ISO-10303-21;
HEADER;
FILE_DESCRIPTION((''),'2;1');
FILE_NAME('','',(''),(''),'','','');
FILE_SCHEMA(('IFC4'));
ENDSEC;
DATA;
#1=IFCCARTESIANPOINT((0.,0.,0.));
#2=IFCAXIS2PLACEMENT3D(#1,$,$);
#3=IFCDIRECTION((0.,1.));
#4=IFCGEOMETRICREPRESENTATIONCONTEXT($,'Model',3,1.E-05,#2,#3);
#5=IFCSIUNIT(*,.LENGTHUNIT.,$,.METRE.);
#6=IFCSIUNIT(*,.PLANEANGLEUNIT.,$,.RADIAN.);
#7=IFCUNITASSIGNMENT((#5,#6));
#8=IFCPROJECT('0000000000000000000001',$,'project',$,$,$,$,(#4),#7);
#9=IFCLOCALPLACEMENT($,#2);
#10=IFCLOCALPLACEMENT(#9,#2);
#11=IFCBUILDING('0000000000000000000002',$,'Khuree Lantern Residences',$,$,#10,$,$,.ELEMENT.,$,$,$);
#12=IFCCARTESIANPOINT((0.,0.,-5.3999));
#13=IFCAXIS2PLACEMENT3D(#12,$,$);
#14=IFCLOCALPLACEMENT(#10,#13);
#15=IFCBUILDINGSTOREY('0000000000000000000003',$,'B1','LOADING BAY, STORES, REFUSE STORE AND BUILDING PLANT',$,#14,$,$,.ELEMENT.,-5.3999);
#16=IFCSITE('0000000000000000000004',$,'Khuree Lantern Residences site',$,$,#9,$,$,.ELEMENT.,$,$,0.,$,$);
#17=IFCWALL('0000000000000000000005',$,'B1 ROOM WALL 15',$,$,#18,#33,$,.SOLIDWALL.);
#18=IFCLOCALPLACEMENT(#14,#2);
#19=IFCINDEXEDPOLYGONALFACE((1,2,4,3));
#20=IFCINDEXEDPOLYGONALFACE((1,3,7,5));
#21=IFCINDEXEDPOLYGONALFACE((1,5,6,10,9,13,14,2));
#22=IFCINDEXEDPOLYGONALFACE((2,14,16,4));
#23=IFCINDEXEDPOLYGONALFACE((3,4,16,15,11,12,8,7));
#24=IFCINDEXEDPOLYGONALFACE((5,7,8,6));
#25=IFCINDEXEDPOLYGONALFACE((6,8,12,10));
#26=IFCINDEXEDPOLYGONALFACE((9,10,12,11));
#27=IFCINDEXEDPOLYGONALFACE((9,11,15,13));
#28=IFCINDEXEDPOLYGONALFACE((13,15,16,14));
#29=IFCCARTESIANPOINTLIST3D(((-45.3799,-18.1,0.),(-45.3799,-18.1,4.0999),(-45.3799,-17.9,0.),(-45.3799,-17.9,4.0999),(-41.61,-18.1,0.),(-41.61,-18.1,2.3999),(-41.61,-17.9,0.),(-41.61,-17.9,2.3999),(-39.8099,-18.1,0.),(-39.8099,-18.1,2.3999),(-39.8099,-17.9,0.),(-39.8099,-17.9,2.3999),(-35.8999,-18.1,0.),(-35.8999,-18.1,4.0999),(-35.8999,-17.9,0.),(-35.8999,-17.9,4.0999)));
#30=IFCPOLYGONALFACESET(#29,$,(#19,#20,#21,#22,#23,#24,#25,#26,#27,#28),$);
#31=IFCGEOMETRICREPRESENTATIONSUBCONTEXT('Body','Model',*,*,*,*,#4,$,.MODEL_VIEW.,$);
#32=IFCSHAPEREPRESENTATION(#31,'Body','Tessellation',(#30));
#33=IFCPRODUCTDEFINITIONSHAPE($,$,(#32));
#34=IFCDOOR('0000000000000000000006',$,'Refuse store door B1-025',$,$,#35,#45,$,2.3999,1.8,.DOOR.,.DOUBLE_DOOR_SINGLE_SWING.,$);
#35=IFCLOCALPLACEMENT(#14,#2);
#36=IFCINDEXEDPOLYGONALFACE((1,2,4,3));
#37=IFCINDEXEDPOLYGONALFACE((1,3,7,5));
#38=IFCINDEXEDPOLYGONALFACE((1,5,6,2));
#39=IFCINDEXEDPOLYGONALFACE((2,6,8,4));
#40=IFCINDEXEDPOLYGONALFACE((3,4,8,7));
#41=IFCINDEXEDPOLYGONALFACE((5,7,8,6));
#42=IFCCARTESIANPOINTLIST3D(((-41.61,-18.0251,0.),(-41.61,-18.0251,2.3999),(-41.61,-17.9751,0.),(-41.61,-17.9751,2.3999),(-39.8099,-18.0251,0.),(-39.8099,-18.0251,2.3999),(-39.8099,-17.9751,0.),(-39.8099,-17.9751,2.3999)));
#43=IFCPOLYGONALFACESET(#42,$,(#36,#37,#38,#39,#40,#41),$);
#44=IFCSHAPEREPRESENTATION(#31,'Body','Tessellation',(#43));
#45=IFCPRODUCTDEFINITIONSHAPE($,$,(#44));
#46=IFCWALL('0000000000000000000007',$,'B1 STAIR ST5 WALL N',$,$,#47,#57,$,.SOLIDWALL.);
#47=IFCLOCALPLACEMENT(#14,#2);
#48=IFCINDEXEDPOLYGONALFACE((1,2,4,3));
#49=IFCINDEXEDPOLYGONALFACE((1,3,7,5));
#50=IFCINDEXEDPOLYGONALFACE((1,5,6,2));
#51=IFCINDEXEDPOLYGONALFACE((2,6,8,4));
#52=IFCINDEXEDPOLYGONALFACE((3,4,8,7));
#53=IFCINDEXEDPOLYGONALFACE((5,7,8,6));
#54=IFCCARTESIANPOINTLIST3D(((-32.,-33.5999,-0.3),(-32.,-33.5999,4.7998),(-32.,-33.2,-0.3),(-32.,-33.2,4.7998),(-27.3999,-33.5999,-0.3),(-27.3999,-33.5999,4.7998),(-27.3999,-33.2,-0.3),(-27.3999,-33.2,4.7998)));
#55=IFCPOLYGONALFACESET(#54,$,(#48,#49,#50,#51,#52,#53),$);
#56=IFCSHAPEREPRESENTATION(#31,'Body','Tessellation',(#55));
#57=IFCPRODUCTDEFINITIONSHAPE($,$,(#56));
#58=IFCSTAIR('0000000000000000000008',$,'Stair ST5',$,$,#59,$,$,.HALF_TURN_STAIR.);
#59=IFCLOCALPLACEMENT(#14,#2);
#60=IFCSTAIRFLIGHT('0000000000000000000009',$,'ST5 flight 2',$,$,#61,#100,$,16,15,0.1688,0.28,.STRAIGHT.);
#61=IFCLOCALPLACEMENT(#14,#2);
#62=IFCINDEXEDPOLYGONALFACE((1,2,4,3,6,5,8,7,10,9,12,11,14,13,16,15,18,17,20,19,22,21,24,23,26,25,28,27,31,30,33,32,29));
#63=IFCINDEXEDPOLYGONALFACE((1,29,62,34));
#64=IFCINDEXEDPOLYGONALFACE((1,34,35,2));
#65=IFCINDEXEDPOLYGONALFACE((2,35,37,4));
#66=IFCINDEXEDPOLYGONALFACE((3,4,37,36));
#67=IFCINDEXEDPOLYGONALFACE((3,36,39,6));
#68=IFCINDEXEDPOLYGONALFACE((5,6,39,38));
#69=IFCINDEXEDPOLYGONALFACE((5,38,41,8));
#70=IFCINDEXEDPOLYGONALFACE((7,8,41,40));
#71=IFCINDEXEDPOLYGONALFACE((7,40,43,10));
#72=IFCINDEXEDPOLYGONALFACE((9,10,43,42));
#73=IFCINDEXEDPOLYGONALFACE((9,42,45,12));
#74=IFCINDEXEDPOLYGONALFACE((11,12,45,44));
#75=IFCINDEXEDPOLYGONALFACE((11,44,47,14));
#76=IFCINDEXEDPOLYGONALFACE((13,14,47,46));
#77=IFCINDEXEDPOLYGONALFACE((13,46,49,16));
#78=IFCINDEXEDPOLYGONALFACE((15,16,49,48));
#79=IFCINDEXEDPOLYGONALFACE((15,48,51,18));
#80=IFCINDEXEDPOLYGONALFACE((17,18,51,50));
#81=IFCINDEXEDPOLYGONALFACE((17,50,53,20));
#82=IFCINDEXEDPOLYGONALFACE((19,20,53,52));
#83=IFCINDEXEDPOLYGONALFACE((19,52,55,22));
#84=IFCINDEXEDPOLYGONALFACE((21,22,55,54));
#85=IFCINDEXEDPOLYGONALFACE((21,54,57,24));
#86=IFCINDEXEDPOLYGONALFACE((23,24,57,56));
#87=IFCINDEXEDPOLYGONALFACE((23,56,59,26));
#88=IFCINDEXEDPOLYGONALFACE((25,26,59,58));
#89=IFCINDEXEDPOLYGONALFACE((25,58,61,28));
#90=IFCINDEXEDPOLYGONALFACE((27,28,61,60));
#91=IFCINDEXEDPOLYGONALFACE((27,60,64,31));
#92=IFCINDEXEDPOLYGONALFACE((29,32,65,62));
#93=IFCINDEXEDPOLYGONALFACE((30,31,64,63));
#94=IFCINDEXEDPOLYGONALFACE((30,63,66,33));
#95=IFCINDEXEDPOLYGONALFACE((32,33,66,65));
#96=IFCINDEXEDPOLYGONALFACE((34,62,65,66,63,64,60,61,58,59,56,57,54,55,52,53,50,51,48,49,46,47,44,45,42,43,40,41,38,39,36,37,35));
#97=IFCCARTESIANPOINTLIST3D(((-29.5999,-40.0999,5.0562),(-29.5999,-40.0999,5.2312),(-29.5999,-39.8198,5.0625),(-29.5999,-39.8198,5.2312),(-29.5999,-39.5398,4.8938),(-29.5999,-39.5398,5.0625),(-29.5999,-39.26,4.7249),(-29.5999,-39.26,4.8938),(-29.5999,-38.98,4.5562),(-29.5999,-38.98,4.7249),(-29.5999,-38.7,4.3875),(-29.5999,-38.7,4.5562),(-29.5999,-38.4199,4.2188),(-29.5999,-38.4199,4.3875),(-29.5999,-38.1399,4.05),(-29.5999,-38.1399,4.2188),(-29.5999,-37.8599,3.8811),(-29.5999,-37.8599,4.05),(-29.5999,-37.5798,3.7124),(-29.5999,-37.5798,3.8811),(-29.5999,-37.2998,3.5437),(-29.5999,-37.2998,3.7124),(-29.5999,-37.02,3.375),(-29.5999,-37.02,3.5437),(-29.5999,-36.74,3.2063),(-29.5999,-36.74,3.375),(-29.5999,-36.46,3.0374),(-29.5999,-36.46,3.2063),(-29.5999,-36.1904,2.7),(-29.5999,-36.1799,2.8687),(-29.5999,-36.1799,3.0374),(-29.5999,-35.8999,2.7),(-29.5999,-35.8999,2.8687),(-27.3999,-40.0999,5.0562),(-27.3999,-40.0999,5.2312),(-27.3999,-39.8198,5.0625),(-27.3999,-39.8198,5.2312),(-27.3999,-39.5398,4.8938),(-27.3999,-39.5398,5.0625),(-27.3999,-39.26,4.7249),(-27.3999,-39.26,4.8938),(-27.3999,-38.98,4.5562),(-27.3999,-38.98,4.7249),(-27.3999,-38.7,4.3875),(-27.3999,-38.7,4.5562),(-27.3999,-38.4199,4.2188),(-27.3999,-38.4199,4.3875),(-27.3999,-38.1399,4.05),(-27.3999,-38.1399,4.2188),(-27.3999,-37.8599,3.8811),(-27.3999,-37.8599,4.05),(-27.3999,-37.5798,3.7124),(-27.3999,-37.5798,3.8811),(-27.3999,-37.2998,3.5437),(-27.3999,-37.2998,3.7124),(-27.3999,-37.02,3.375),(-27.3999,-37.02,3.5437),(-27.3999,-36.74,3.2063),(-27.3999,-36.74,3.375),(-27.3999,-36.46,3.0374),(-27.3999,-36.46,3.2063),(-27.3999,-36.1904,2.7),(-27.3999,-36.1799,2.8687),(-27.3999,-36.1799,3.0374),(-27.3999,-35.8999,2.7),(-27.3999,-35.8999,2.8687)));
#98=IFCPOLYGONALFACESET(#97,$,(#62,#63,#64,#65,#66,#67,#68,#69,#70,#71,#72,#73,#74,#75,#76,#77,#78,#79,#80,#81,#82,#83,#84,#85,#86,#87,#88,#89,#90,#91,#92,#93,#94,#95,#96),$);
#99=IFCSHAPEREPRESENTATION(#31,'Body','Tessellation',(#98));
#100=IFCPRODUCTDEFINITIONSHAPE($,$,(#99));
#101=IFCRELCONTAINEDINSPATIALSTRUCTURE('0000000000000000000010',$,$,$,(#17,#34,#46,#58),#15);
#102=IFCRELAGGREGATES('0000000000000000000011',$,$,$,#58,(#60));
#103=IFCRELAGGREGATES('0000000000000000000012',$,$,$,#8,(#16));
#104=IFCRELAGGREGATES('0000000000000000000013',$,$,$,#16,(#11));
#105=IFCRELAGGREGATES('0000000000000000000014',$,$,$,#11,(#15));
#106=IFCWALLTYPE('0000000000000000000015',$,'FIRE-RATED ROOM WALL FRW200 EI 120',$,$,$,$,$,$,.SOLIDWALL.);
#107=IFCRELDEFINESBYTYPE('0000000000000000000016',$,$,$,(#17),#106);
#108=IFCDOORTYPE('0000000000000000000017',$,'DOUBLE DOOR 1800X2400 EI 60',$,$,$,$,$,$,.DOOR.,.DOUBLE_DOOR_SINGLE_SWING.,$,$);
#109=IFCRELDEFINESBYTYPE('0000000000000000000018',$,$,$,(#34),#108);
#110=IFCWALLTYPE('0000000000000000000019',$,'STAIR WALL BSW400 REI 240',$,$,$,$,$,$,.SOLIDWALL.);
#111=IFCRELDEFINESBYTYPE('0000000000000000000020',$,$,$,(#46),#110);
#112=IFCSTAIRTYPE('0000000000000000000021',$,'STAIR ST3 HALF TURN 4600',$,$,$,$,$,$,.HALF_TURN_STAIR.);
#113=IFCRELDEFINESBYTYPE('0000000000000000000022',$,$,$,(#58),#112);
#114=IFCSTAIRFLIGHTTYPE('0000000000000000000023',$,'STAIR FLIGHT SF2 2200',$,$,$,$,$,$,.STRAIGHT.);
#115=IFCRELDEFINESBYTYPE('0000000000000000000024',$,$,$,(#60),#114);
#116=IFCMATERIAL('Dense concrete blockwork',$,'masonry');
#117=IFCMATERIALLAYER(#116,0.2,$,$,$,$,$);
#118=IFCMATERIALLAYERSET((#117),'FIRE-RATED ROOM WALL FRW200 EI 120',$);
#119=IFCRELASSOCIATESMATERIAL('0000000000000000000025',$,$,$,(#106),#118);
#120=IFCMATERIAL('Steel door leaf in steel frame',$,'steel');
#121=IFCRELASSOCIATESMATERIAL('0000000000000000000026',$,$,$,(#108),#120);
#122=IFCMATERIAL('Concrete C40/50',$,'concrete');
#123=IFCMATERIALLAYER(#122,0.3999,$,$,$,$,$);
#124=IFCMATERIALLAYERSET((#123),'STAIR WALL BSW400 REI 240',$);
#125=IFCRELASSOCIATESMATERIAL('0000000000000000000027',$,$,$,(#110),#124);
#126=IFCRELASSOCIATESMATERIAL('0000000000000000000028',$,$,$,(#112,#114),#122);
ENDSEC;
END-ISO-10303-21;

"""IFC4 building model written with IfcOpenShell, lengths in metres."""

from ifc_helpers import new_model, si_unit, direction, frame, frame_2d, origin, place, context, subcontext, project, spatial, polyline, rectangle, outline, extrude, material, layer, layer_set, type_object, element, fill, aggregate, save


model = new_model("IFC4")

# Units and contexts
model_context = context("Model", 3, precision=1e-05, world=origin(), true_north=direction((0.0, 1.0)))
body_context = subcontext(model_context, "Body", "Model", "MODEL_VIEW")
ifc_project = project(units=[si_unit("LENGTHUNIT", "METRE"), si_unit("PLANEANGLEUNIT", "RADIAN")], contexts=[model_context])

# Site, building, storey
site_placement = place(None, origin())
site = spatial("IfcSite", under=ifc_project, at=site_placement, Name="Khuree Lantern Residences site", CompositionType="ELEMENT", RefElevation=0.0)
building_placement = place(site_placement, origin())
building = spatial("IfcBuilding", under=site, at=building_placement, Name="Khuree Lantern Residences", CompositionType="ELEMENT")
storey_placement = place(building_placement, frame((0.0, 0.0, -5.3999)))
storey = spatial("IfcBuildingStorey", under=building, at=storey_placement, Name="B1", Description="LOADING BAY, STORES, REFUSE STORE AND BUILDING PLANT", CompositionType="ELEMENT", Elevation=-5.3999)

# Shared definitions
ifc_material_1 = material(Name="Concrete C40/50", Category="concrete")

# Shared definitions
ifc_material_2 = material(Name="Dense concrete blockwork", Category="masonry")
ifc_layer_1 = layer(ifc_material_2, 0.2)
ifc_layer_set_1 = layer_set([ifc_layer_1], Name="FIRE-RATED ROOM WALL FRW200 EI 120")
wall_type_1 = type_object("IfcWallType", Name="FIRE-RATED ROOM WALL FRW200 EI 120", PredefinedType="SOLIDWALL", material=ifc_layer_set_1)

# Wall, opening, door
wall_1_placement = place(storey_placement, frame((-45.3799, -18.0, 0.0), z_axis=(0.0, 0.0, 1.0), x_axis=(1.0, 0.0, 0.0)))
wall_1 = element("IfcWall", 1, at=wall_1_placement, inside=storey, type_object=wall_type_1, Name="B1 ROOM WALL 15", PredefinedType="SOLIDWALL", context=body_context, shape_type="SweptSolid", body=[
    extrude(rectangle(XDim=9.48, YDim=0.2, at=frame_2d((4.74, 0.0))), origin(), (0.0, 0.0, 1.0), 4.0999),
])
opening_placement = place(wall_1_placement, frame((3.77, 0.0, 0.0)))
opening = element("IfcOpeningElement", 2, at=opening_placement, cuts=wall_1, PredefinedType="OPENING", context=body_context, shape_type="SweptSolid", body=[
    extrude(rectangle(XDim=1.8, YDim=2.3999, at=frame_2d((0.8999, 1.2))), frame((0.0, 0.1099, 0.0), z_axis=(0.0, -1.0, 0.0), x_axis=(1.0, 0.0, 0.0)), (0.0, 0.0, 1.0), 0.22),
])
ifc_material_3 = material(Name="Steel door leaf in steel frame", Category="steel")
door_type = type_object("IfcDoorType", Name="DOUBLE DOOR 1800X2400 EI 60", OperationType="DOUBLE_DOOR_SINGLE_SWING", PredefinedType="DOOR", material=ifc_material_3)
door_placement = place(opening_placement, origin())
door = element("IfcDoor", 3, at=door_placement, inside=storey, type_object=door_type, Name="Refuse store door B1-025", OperationType="DOUBLE_DOOR_SINGLE_SWING", OverallHeight=2.3999, OverallWidth=1.8, PredefinedType="DOOR", context=body_context, shape_type="SweptSolid", body=[
    extrude(rectangle(XDim=1.8, YDim=2.3999, at=frame_2d((0.8999, 1.2))), frame((0.0, 0.0249, 0.0), z_axis=(0.0, -1.0, 0.0), x_axis=(1.0, 0.0, 0.0)), (0.0, 0.0, 1.0), 0.05),
])
fill(opening, door)

# Wall
ifc_layer_2 = layer(ifc_material_1, 0.3999)
ifc_layer_set_2 = layer_set([ifc_layer_2], Name="STAIR WALL BSW400 REI 240")
wall_type_2 = type_object("IfcWallType", Name="STAIR WALL BSW400 REI 240", PredefinedType="SOLIDWALL", material=ifc_layer_set_2)
wall_2_placement = place(storey_placement, frame((-32.0, -33.3999, -0.3), z_axis=(0.0, 0.0, 1.0), x_axis=(1.0, 0.0, 0.0)))
element("IfcWall", 4, at=wall_2_placement, inside=storey, type_object=wall_type_2, Name="B1 STAIR ST5 WALL N", PredefinedType="SOLIDWALL", context=body_context, shape_type="SweptSolid", body=[
    extrude(rectangle(XDim=4.6001, YDim=0.3999, at=frame_2d((2.3, 0.0))), origin(), (0.0, 0.0, 1.0), 5.0999),
])

# Stair, stair flight
stair_type = type_object("IfcStairType", Name="STAIR ST3 HALF TURN 4600", PredefinedType="HALF_TURN_STAIR", material=ifc_material_1)
stair_placement = place(storey_placement, origin())
stair = element("IfcStair", 5, at=stair_placement, inside=storey, type_object=stair_type, Name="Stair ST5", PredefinedType="HALF_TURN_STAIR")
stair_flight_type = type_object("IfcStairFlightType", Name="STAIR FLIGHT SF2 2200", PredefinedType="STRAIGHT", material=ifc_material_1)
stair_flight_placement = place(storey_placement, frame((-28.5, -35.8999, 2.7), z_axis=(0.0, 0.0, 1.0), x_axis=(0.0, -1.0, 0.0)))
stair_flight = element("IfcStairFlight", 6, at=stair_flight_placement, type_object=stair_flight_type, Name="ST5 flight 2", NumberOfRisers=16, NumberOfTreads=15, PredefinedType="STRAIGHT", RiserHeight=0.1688, TreadLength=0.28, context=body_context, shape_type="SweptSolid", body=[
    extrude(outline(polyline([(0.0, 0.0), (0.0, 0.1687), (0.28, 0.1687), (0.28, 0.3374), (0.5601, 0.3374), (0.5601, 0.5063), (0.8401, 0.5063), (0.8401, 0.675), (1.1201, 0.675), (1.1201, 0.8438), (1.3999, 0.8438), (1.3999, 1.0125), (1.6799, 1.0125), (1.6799, 1.1812), (1.96, 1.1812), (1.96, 1.3501), (2.24, 1.3501), (2.24, 1.5188), (2.52, 1.5188), (2.52, 1.6875), (2.8, 1.6875), (2.8, 1.8562), (3.0801, 1.8562), (3.0801, 2.0249), (3.3601, 2.0249), (3.3601, 2.1938), (3.6399, 2.1938), (3.6399, 2.3625), (3.9199, 2.3625), (3.9199, 2.5312), (4.2, 2.5312), (4.2, 2.7), (4.2, 2.3562), (0.2905, 0.0), (0.0, 0.0)])), frame((0.0, 1.1001, 0.0), z_axis=(0.0, -1.0, 0.0), x_axis=(1.0, 0.0, 0.0)), (0.0, 0.0, 1.0), 2.2),
])
aggregate(stair, [stair_flight])

save(model, "model.ifc")
